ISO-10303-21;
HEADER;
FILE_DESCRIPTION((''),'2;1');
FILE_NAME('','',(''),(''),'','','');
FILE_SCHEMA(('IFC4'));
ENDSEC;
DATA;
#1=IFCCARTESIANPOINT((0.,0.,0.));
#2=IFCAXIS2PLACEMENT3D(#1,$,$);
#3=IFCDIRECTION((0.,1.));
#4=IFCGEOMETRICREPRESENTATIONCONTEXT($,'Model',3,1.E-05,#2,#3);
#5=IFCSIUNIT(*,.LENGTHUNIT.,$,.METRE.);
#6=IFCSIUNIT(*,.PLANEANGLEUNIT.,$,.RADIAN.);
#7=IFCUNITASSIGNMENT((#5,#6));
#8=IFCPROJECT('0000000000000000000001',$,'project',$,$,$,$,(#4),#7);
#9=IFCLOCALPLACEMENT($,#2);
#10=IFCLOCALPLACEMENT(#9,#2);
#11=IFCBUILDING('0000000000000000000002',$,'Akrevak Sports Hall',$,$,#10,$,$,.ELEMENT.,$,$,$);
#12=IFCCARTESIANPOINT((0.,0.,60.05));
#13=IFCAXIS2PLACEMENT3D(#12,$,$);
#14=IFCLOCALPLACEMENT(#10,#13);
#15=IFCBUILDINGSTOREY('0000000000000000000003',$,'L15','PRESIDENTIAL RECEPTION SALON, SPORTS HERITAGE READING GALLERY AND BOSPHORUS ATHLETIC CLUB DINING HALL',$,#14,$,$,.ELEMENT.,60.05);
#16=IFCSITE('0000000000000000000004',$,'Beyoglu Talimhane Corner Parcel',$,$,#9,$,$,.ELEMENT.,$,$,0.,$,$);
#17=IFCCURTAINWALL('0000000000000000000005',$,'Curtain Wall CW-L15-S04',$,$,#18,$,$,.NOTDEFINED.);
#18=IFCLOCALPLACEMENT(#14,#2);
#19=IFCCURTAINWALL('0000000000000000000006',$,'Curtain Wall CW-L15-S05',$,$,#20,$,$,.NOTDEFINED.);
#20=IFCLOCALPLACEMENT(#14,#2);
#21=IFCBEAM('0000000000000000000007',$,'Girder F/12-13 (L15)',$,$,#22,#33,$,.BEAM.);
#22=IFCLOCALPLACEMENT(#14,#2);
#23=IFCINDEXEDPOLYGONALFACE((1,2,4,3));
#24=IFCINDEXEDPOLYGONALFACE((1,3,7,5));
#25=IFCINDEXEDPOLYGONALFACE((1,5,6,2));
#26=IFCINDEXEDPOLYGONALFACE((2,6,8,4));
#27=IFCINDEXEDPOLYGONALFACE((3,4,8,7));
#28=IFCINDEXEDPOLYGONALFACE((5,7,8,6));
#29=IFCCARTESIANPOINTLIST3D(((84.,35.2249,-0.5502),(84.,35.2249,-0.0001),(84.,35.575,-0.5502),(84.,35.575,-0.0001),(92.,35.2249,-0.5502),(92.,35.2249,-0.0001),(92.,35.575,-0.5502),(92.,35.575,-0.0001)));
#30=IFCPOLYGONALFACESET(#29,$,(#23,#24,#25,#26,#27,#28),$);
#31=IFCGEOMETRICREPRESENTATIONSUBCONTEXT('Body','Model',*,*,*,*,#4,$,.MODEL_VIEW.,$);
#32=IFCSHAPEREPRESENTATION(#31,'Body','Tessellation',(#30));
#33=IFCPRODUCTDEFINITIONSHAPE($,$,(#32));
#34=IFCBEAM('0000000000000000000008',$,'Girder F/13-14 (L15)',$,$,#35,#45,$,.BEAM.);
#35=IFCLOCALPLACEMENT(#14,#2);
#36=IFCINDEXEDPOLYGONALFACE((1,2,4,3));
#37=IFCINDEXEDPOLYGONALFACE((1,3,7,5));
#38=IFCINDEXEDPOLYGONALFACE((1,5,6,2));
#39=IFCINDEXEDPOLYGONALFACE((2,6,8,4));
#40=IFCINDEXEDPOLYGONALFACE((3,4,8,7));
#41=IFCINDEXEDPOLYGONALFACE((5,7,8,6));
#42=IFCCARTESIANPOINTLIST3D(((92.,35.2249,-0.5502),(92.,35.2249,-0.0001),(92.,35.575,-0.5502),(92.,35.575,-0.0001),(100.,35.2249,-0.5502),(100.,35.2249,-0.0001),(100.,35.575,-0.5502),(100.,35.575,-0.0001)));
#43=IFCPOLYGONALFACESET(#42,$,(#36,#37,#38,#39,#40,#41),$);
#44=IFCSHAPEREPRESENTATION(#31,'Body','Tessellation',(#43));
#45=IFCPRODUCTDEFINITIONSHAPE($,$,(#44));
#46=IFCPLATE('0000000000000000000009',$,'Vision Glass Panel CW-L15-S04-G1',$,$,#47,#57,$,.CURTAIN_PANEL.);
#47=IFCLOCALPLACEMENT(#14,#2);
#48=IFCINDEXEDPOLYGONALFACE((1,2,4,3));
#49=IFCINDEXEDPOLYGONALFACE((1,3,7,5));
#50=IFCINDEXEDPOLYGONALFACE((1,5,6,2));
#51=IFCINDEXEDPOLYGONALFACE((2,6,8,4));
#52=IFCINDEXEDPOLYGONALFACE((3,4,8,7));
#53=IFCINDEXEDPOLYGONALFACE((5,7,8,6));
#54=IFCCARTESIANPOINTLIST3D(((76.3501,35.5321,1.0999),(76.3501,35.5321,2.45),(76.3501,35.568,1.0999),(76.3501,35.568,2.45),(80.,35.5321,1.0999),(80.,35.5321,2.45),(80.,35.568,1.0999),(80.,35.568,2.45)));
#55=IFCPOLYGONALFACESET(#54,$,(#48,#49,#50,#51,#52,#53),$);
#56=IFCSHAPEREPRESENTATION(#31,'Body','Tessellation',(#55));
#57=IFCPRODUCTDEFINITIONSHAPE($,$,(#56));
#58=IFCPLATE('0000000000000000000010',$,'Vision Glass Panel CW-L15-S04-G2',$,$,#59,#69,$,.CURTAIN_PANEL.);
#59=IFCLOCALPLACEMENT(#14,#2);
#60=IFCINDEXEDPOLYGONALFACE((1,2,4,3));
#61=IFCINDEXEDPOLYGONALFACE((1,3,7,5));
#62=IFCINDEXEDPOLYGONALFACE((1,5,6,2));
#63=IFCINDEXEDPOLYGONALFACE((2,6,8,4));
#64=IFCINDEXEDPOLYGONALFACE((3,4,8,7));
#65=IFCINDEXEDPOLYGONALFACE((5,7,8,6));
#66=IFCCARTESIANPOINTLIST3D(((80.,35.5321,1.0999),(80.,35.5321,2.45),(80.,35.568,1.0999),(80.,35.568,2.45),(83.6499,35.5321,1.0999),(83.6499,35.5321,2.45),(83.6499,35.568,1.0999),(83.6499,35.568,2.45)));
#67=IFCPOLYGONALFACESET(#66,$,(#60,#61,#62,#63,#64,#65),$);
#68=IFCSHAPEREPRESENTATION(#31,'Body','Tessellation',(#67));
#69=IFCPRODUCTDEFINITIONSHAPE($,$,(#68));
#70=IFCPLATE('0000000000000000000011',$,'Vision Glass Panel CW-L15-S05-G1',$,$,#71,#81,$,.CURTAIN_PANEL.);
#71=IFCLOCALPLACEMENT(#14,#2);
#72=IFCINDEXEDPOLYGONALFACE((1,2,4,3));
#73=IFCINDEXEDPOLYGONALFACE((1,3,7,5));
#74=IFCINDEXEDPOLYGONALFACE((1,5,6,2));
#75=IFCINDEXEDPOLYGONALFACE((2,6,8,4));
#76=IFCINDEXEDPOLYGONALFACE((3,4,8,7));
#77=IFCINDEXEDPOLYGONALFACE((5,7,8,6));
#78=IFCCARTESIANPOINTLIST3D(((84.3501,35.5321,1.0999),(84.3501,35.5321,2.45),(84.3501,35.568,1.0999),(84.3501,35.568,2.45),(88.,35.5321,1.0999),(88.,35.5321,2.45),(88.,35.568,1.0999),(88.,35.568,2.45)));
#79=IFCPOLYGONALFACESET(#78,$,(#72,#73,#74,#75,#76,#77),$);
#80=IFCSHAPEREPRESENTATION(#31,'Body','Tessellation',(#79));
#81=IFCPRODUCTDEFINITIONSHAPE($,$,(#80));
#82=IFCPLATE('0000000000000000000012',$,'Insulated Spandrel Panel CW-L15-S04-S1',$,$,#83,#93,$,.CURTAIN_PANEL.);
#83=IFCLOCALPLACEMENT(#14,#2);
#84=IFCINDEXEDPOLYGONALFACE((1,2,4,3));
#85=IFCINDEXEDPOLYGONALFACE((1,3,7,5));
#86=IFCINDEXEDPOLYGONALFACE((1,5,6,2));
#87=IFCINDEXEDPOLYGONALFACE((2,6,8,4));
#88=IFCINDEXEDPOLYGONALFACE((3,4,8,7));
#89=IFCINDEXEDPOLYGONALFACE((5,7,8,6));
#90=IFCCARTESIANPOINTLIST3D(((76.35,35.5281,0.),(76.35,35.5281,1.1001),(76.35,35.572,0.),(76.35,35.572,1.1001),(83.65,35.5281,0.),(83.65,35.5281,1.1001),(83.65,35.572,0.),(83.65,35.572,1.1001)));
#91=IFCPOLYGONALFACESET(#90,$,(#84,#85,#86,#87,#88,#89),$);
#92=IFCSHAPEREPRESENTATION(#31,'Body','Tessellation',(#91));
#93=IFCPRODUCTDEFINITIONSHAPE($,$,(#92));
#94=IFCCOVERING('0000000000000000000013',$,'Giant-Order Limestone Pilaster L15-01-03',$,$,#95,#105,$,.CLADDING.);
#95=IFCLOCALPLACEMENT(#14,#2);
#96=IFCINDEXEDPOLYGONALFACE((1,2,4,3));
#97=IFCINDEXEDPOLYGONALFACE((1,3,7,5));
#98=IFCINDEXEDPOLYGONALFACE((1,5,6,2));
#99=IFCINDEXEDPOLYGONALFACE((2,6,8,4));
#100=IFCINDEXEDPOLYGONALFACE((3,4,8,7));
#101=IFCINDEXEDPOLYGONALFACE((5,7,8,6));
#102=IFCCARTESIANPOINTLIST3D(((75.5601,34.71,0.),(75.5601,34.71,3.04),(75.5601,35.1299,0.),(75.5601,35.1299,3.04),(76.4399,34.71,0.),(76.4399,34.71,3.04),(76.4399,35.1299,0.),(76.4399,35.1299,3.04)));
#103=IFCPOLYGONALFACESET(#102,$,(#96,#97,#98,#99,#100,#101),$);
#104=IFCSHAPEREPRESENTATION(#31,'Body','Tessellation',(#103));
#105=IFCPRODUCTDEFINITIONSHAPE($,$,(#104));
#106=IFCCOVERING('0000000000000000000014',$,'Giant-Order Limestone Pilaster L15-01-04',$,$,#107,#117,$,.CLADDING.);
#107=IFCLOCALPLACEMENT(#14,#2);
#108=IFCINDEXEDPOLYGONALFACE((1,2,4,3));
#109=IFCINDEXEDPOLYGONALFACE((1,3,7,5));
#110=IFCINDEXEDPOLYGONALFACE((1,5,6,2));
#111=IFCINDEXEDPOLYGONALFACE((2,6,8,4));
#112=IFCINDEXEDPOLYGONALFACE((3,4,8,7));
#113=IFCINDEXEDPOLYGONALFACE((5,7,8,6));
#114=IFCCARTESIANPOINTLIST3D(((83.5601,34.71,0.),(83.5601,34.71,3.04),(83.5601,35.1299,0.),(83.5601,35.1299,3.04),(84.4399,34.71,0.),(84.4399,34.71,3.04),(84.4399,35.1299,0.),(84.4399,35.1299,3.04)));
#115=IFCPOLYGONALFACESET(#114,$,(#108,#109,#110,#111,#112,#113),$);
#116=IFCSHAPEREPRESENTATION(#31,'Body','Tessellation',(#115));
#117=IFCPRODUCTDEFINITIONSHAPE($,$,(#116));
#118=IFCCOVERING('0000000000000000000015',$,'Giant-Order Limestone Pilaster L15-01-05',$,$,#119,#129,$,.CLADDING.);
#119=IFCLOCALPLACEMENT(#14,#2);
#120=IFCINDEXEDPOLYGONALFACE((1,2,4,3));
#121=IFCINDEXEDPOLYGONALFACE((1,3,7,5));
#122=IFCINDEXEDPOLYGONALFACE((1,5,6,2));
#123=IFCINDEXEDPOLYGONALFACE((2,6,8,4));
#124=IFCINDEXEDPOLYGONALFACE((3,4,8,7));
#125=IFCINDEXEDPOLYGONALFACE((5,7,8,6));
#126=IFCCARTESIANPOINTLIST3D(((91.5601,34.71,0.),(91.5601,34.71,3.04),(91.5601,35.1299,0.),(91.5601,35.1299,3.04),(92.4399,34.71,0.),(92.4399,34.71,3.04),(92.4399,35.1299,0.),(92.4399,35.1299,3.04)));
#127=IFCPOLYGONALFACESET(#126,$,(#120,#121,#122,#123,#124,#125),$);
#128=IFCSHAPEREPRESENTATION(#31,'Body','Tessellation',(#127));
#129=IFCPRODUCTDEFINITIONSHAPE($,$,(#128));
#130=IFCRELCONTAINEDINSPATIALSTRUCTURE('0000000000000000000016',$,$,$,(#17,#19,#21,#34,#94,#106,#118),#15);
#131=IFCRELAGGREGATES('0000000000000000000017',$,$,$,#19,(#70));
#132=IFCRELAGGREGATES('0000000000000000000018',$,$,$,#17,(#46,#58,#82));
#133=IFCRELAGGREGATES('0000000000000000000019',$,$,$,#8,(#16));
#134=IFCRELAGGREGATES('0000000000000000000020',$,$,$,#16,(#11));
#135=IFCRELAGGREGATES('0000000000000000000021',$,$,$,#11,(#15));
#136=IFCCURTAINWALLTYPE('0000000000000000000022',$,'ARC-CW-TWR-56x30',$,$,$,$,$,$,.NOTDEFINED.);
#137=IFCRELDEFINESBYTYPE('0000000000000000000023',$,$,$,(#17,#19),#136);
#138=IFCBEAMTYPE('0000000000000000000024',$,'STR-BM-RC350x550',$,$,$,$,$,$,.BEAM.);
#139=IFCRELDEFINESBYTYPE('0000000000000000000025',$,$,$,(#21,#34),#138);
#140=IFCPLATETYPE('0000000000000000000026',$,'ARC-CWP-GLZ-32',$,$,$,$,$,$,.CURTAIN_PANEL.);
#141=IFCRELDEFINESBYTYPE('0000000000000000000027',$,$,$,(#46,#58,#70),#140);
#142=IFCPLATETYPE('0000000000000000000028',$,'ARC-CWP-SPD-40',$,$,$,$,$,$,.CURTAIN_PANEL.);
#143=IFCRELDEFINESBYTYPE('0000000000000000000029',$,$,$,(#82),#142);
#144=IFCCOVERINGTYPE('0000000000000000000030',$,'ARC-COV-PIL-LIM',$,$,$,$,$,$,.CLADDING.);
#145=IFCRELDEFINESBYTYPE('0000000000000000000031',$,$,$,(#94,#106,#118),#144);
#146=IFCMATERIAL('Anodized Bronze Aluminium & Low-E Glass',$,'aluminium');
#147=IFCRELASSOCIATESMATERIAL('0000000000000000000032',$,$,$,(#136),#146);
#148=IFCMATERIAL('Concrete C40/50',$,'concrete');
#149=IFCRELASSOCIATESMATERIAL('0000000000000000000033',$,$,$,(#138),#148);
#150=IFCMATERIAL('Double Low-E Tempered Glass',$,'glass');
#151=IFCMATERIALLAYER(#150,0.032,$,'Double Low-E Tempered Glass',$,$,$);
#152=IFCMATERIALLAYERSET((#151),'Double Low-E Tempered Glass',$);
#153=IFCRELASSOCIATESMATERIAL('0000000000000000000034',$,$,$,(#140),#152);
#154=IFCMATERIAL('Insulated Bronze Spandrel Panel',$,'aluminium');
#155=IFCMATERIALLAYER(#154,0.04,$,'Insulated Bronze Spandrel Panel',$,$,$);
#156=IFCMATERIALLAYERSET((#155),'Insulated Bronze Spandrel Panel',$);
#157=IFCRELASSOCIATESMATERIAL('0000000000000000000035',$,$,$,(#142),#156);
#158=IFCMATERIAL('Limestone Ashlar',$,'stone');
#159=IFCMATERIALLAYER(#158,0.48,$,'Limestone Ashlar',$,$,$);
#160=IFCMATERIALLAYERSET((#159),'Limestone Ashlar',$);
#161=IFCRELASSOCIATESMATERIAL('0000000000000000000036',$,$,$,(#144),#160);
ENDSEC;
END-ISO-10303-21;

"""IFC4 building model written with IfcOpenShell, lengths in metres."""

from ifc_helpers import new_model, si_unit, direction, frame, origin, origin_2d, place, context, subcontext, project, spatial, rectangle, extrude, material, layer, layer_set, material_profile, profile_set, type_object, element, aggregate, save


model = new_model("IFC4")

# Units and contexts
model_context = context("Model", 3, precision=1e-05, world=origin(), true_north=direction((0.0, 1.0)))
body_context = subcontext(model_context, "Body", "Model", "MODEL_VIEW")
ifc_project = project(units=[si_unit("LENGTHUNIT", "METRE"), si_unit("PLANEANGLEUNIT", "RADIAN")], contexts=[model_context])

# Site, building, storey
site_placement = place(None, origin())
site = spatial("IfcSite", under=ifc_project, at=site_placement, Name="Beyoglu Talimhane Corner Parcel", CompositionType="ELEMENT", RefElevation=0.0)
building_placement = place(site_placement, origin())
building = spatial("IfcBuilding", under=site, at=building_placement, Name="Akrevak Sports Hall", CompositionType="ELEMENT")
storey_placement = place(building_placement, frame((0.0, 0.0, 60.05)))
storey = spatial("IfcBuildingStorey", under=building, at=storey_placement, Name="L15", Description="PRESIDENTIAL RECEPTION SALON, SPORTS HERITAGE READING GALLERY AND BOSPHORUS ATHLETIC CLUB DINING HALL", CompositionType="ELEMENT", Elevation=60.05)

# Shared definitions
ifc_material_1 = material(Name="Concrete C40/50", Category="concrete")

# Curtain walls
ifc_material_2 = material(Name="Anodized Bronze Aluminium & Low-E Glass", Category="aluminium")
curtain_wall_type = type_object("IfcCurtainWallType", Name="ARC-CW-TWR-56x30", PredefinedType="NOTDEFINED", material=ifc_material_2)
curtain_wall_1_placement = place(storey_placement, origin())
curtain_wall_1 = element("IfcCurtainWall", 1, at=curtain_wall_1_placement, inside=storey, type_object=curtain_wall_type, Name="Curtain Wall CW-L15-S04", PredefinedType="NOTDEFINED")
curtain_wall_2_placement = place(storey_placement, origin())
curtain_wall_2 = element("IfcCurtainWall", 2, at=curtain_wall_2_placement, inside=storey, type_object=curtain_wall_type, Name="Curtain Wall CW-L15-S05", PredefinedType="NOTDEFINED")

# Beams
ifc_material_profile_1 = material_profile(ifc_material_1, rectangle(XDim=0.3501, YDim=0.55, at=origin_2d()), Name="BM 350x550", Category="concrete")
ifc_profile_set_1 = profile_set([ifc_material_profile_1], Name="Concrete C40/50")
beam_type = type_object("IfcBeamType", Name="STR-BM-RC350x550", PredefinedType="BEAM", material=ifc_profile_set_1)
for number, where, z_axis, x_axis, name in (
    (3, (84.0, 35.3999, -0.2751), (1.0, 0.0, 0.0), (0.0, 1.0, 0.0), "Girder F/12-13 (L15)"),
    (4, (92.0, 35.3999, -0.2751), (1.0, 0.0, 0.0), (0.0, 1.0, 0.0), "Girder F/13-14 (L15)"),
):
    element("IfcBeam", number, at=place(storey_placement, frame(where, z_axis=z_axis, x_axis=x_axis)), inside=storey, type_object=beam_type, Name=name, PredefinedType="BEAM", context=body_context, shape_type="SweptSolid", body=[
        extrude(rectangle(XDim=0.3501, YDim=0.55, at=origin_2d()), origin(), (0.0, 0.0, 1.0), 8.0),
    ])

# Plates
ifc_material_3 = material(Name="Double Low-E Tempered Glass", Category="glass")
ifc_layer_1 = layer(ifc_material_3, 0.032, Name="Double Low-E Tempered Glass")
ifc_layer_set_1 = layer_set([ifc_layer_1], Name="Double Low-E Tempered Glass")
plate_type_1 = type_object("IfcPlateType", Name="ARC-CWP-GLZ-32", PredefinedType="CURTAIN_PANEL", material=ifc_layer_set_1)
plate_1_placement = place(storey_placement, frame((78.175, 35.55, 1.0999), z_axis=(0.0, 0.0, 1.0), x_axis=(1.0, 0.0, 0.0)))
plate_1 = element("IfcPlate", 5, at=plate_1_placement, type_object=plate_type_1, Name="Vision Glass Panel CW-L15-S04-G1", PredefinedType="CURTAIN_PANEL", context=body_context, shape_type="SweptSolid", body=[
    extrude(rectangle(XDim=3.6499, YDim=0.0359, at=origin_2d()), origin(), (0.0, 0.0, 1.0), 1.3501),
])
plate_2_placement = place(storey_placement, frame((81.825, 35.55, 1.0999), z_axis=(0.0, 0.0, 1.0), x_axis=(1.0, 0.0, 0.0)))
plate_2 = element("IfcPlate", 6, at=plate_2_placement, type_object=plate_type_1, Name="Vision Glass Panel CW-L15-S04-G2", PredefinedType="CURTAIN_PANEL", context=body_context, shape_type="SweptSolid", body=[
    extrude(rectangle(XDim=3.6499, YDim=0.0359, at=origin_2d()), origin(), (0.0, 0.0, 1.0), 1.3501),
])
plate_3_placement = place(storey_placement, frame((86.175, 35.55, 1.0999), z_axis=(0.0, 0.0, 1.0), x_axis=(1.0, 0.0, 0.0)))
plate_3 = element("IfcPlate", 7, at=plate_3_placement, type_object=plate_type_1, Name="Vision Glass Panel CW-L15-S05-G1", PredefinedType="CURTAIN_PANEL", context=body_context, shape_type="SweptSolid", body=[
    extrude(rectangle(XDim=3.6499, YDim=0.0359, at=origin_2d()), origin(), (0.0, 0.0, 1.0), 1.3501),
])
aggregate(curtain_wall_2, [plate_3])
ifc_material_4 = material(Name="Insulated Bronze Spandrel Panel", Category="aluminium")
ifc_layer_2 = layer(ifc_material_4, 0.04, Name="Insulated Bronze Spandrel Panel")
ifc_layer_set_2 = layer_set([ifc_layer_2], Name="Insulated Bronze Spandrel Panel")
plate_type_2 = type_object("IfcPlateType", Name="ARC-CWP-SPD-40", PredefinedType="CURTAIN_PANEL", material=ifc_layer_set_2)
plate_4_placement = place(storey_placement, frame((80.0, 35.55, 0.0), z_axis=(0.0, 0.0, 1.0), x_axis=(1.0, 0.0, 0.0)))
plate_4 = element("IfcPlate", 8, at=plate_4_placement, type_object=plate_type_2, Name="Insulated Spandrel Panel CW-L15-S04-S1", PredefinedType="CURTAIN_PANEL", context=body_context, shape_type="SweptSolid", body=[
    extrude(rectangle(XDim=7.3, YDim=0.0439, at=origin_2d()), origin(), (0.0, 0.0, 1.0), 1.1001),
])
aggregate(curtain_wall_1, [plate_1, plate_2, plate_4])

# Coverings
ifc_material_5 = material(Name="Limestone Ashlar", Category="stone")
ifc_layer_3 = layer(ifc_material_5, 0.48, Name="Limestone Ashlar")
ifc_layer_set_3 = layer_set([ifc_layer_3], Name="Limestone Ashlar")
covering_type = type_object("IfcCoveringType", Name="ARC-COV-PIL-LIM", PredefinedType="CLADDING", material=ifc_layer_set_3)
for number, where, z_axis, x_axis, name in (
    (9, (76.0, 34.9199, 0.0), (0.0, 0.0, 1.0), (1.0, 0.0, 0.0), "Giant-Order Limestone Pilaster L15-01-03"),
    (10, (84.0, 34.9199, 0.0), (0.0, 0.0, 1.0), (1.0, 0.0, 0.0), "Giant-Order Limestone Pilaster L15-01-04"),
    (11, (92.0, 34.9199, 0.0), (0.0, 0.0, 1.0), (1.0, 0.0, 0.0), "Giant-Order Limestone Pilaster L15-01-05"),
):
    element("IfcCovering", number, at=place(storey_placement, frame(where, z_axis=z_axis, x_axis=x_axis)), inside=storey, type_object=covering_type, Name=name, PredefinedType="CLADDING", context=body_context, shape_type="SweptSolid", body=[
        extrude(rectangle(XDim=0.8799, YDim=0.4199, at=origin_2d()), origin(), (0.0, 0.0, 1.0), 3.04),
    ])

save(model, "model.ifc")
